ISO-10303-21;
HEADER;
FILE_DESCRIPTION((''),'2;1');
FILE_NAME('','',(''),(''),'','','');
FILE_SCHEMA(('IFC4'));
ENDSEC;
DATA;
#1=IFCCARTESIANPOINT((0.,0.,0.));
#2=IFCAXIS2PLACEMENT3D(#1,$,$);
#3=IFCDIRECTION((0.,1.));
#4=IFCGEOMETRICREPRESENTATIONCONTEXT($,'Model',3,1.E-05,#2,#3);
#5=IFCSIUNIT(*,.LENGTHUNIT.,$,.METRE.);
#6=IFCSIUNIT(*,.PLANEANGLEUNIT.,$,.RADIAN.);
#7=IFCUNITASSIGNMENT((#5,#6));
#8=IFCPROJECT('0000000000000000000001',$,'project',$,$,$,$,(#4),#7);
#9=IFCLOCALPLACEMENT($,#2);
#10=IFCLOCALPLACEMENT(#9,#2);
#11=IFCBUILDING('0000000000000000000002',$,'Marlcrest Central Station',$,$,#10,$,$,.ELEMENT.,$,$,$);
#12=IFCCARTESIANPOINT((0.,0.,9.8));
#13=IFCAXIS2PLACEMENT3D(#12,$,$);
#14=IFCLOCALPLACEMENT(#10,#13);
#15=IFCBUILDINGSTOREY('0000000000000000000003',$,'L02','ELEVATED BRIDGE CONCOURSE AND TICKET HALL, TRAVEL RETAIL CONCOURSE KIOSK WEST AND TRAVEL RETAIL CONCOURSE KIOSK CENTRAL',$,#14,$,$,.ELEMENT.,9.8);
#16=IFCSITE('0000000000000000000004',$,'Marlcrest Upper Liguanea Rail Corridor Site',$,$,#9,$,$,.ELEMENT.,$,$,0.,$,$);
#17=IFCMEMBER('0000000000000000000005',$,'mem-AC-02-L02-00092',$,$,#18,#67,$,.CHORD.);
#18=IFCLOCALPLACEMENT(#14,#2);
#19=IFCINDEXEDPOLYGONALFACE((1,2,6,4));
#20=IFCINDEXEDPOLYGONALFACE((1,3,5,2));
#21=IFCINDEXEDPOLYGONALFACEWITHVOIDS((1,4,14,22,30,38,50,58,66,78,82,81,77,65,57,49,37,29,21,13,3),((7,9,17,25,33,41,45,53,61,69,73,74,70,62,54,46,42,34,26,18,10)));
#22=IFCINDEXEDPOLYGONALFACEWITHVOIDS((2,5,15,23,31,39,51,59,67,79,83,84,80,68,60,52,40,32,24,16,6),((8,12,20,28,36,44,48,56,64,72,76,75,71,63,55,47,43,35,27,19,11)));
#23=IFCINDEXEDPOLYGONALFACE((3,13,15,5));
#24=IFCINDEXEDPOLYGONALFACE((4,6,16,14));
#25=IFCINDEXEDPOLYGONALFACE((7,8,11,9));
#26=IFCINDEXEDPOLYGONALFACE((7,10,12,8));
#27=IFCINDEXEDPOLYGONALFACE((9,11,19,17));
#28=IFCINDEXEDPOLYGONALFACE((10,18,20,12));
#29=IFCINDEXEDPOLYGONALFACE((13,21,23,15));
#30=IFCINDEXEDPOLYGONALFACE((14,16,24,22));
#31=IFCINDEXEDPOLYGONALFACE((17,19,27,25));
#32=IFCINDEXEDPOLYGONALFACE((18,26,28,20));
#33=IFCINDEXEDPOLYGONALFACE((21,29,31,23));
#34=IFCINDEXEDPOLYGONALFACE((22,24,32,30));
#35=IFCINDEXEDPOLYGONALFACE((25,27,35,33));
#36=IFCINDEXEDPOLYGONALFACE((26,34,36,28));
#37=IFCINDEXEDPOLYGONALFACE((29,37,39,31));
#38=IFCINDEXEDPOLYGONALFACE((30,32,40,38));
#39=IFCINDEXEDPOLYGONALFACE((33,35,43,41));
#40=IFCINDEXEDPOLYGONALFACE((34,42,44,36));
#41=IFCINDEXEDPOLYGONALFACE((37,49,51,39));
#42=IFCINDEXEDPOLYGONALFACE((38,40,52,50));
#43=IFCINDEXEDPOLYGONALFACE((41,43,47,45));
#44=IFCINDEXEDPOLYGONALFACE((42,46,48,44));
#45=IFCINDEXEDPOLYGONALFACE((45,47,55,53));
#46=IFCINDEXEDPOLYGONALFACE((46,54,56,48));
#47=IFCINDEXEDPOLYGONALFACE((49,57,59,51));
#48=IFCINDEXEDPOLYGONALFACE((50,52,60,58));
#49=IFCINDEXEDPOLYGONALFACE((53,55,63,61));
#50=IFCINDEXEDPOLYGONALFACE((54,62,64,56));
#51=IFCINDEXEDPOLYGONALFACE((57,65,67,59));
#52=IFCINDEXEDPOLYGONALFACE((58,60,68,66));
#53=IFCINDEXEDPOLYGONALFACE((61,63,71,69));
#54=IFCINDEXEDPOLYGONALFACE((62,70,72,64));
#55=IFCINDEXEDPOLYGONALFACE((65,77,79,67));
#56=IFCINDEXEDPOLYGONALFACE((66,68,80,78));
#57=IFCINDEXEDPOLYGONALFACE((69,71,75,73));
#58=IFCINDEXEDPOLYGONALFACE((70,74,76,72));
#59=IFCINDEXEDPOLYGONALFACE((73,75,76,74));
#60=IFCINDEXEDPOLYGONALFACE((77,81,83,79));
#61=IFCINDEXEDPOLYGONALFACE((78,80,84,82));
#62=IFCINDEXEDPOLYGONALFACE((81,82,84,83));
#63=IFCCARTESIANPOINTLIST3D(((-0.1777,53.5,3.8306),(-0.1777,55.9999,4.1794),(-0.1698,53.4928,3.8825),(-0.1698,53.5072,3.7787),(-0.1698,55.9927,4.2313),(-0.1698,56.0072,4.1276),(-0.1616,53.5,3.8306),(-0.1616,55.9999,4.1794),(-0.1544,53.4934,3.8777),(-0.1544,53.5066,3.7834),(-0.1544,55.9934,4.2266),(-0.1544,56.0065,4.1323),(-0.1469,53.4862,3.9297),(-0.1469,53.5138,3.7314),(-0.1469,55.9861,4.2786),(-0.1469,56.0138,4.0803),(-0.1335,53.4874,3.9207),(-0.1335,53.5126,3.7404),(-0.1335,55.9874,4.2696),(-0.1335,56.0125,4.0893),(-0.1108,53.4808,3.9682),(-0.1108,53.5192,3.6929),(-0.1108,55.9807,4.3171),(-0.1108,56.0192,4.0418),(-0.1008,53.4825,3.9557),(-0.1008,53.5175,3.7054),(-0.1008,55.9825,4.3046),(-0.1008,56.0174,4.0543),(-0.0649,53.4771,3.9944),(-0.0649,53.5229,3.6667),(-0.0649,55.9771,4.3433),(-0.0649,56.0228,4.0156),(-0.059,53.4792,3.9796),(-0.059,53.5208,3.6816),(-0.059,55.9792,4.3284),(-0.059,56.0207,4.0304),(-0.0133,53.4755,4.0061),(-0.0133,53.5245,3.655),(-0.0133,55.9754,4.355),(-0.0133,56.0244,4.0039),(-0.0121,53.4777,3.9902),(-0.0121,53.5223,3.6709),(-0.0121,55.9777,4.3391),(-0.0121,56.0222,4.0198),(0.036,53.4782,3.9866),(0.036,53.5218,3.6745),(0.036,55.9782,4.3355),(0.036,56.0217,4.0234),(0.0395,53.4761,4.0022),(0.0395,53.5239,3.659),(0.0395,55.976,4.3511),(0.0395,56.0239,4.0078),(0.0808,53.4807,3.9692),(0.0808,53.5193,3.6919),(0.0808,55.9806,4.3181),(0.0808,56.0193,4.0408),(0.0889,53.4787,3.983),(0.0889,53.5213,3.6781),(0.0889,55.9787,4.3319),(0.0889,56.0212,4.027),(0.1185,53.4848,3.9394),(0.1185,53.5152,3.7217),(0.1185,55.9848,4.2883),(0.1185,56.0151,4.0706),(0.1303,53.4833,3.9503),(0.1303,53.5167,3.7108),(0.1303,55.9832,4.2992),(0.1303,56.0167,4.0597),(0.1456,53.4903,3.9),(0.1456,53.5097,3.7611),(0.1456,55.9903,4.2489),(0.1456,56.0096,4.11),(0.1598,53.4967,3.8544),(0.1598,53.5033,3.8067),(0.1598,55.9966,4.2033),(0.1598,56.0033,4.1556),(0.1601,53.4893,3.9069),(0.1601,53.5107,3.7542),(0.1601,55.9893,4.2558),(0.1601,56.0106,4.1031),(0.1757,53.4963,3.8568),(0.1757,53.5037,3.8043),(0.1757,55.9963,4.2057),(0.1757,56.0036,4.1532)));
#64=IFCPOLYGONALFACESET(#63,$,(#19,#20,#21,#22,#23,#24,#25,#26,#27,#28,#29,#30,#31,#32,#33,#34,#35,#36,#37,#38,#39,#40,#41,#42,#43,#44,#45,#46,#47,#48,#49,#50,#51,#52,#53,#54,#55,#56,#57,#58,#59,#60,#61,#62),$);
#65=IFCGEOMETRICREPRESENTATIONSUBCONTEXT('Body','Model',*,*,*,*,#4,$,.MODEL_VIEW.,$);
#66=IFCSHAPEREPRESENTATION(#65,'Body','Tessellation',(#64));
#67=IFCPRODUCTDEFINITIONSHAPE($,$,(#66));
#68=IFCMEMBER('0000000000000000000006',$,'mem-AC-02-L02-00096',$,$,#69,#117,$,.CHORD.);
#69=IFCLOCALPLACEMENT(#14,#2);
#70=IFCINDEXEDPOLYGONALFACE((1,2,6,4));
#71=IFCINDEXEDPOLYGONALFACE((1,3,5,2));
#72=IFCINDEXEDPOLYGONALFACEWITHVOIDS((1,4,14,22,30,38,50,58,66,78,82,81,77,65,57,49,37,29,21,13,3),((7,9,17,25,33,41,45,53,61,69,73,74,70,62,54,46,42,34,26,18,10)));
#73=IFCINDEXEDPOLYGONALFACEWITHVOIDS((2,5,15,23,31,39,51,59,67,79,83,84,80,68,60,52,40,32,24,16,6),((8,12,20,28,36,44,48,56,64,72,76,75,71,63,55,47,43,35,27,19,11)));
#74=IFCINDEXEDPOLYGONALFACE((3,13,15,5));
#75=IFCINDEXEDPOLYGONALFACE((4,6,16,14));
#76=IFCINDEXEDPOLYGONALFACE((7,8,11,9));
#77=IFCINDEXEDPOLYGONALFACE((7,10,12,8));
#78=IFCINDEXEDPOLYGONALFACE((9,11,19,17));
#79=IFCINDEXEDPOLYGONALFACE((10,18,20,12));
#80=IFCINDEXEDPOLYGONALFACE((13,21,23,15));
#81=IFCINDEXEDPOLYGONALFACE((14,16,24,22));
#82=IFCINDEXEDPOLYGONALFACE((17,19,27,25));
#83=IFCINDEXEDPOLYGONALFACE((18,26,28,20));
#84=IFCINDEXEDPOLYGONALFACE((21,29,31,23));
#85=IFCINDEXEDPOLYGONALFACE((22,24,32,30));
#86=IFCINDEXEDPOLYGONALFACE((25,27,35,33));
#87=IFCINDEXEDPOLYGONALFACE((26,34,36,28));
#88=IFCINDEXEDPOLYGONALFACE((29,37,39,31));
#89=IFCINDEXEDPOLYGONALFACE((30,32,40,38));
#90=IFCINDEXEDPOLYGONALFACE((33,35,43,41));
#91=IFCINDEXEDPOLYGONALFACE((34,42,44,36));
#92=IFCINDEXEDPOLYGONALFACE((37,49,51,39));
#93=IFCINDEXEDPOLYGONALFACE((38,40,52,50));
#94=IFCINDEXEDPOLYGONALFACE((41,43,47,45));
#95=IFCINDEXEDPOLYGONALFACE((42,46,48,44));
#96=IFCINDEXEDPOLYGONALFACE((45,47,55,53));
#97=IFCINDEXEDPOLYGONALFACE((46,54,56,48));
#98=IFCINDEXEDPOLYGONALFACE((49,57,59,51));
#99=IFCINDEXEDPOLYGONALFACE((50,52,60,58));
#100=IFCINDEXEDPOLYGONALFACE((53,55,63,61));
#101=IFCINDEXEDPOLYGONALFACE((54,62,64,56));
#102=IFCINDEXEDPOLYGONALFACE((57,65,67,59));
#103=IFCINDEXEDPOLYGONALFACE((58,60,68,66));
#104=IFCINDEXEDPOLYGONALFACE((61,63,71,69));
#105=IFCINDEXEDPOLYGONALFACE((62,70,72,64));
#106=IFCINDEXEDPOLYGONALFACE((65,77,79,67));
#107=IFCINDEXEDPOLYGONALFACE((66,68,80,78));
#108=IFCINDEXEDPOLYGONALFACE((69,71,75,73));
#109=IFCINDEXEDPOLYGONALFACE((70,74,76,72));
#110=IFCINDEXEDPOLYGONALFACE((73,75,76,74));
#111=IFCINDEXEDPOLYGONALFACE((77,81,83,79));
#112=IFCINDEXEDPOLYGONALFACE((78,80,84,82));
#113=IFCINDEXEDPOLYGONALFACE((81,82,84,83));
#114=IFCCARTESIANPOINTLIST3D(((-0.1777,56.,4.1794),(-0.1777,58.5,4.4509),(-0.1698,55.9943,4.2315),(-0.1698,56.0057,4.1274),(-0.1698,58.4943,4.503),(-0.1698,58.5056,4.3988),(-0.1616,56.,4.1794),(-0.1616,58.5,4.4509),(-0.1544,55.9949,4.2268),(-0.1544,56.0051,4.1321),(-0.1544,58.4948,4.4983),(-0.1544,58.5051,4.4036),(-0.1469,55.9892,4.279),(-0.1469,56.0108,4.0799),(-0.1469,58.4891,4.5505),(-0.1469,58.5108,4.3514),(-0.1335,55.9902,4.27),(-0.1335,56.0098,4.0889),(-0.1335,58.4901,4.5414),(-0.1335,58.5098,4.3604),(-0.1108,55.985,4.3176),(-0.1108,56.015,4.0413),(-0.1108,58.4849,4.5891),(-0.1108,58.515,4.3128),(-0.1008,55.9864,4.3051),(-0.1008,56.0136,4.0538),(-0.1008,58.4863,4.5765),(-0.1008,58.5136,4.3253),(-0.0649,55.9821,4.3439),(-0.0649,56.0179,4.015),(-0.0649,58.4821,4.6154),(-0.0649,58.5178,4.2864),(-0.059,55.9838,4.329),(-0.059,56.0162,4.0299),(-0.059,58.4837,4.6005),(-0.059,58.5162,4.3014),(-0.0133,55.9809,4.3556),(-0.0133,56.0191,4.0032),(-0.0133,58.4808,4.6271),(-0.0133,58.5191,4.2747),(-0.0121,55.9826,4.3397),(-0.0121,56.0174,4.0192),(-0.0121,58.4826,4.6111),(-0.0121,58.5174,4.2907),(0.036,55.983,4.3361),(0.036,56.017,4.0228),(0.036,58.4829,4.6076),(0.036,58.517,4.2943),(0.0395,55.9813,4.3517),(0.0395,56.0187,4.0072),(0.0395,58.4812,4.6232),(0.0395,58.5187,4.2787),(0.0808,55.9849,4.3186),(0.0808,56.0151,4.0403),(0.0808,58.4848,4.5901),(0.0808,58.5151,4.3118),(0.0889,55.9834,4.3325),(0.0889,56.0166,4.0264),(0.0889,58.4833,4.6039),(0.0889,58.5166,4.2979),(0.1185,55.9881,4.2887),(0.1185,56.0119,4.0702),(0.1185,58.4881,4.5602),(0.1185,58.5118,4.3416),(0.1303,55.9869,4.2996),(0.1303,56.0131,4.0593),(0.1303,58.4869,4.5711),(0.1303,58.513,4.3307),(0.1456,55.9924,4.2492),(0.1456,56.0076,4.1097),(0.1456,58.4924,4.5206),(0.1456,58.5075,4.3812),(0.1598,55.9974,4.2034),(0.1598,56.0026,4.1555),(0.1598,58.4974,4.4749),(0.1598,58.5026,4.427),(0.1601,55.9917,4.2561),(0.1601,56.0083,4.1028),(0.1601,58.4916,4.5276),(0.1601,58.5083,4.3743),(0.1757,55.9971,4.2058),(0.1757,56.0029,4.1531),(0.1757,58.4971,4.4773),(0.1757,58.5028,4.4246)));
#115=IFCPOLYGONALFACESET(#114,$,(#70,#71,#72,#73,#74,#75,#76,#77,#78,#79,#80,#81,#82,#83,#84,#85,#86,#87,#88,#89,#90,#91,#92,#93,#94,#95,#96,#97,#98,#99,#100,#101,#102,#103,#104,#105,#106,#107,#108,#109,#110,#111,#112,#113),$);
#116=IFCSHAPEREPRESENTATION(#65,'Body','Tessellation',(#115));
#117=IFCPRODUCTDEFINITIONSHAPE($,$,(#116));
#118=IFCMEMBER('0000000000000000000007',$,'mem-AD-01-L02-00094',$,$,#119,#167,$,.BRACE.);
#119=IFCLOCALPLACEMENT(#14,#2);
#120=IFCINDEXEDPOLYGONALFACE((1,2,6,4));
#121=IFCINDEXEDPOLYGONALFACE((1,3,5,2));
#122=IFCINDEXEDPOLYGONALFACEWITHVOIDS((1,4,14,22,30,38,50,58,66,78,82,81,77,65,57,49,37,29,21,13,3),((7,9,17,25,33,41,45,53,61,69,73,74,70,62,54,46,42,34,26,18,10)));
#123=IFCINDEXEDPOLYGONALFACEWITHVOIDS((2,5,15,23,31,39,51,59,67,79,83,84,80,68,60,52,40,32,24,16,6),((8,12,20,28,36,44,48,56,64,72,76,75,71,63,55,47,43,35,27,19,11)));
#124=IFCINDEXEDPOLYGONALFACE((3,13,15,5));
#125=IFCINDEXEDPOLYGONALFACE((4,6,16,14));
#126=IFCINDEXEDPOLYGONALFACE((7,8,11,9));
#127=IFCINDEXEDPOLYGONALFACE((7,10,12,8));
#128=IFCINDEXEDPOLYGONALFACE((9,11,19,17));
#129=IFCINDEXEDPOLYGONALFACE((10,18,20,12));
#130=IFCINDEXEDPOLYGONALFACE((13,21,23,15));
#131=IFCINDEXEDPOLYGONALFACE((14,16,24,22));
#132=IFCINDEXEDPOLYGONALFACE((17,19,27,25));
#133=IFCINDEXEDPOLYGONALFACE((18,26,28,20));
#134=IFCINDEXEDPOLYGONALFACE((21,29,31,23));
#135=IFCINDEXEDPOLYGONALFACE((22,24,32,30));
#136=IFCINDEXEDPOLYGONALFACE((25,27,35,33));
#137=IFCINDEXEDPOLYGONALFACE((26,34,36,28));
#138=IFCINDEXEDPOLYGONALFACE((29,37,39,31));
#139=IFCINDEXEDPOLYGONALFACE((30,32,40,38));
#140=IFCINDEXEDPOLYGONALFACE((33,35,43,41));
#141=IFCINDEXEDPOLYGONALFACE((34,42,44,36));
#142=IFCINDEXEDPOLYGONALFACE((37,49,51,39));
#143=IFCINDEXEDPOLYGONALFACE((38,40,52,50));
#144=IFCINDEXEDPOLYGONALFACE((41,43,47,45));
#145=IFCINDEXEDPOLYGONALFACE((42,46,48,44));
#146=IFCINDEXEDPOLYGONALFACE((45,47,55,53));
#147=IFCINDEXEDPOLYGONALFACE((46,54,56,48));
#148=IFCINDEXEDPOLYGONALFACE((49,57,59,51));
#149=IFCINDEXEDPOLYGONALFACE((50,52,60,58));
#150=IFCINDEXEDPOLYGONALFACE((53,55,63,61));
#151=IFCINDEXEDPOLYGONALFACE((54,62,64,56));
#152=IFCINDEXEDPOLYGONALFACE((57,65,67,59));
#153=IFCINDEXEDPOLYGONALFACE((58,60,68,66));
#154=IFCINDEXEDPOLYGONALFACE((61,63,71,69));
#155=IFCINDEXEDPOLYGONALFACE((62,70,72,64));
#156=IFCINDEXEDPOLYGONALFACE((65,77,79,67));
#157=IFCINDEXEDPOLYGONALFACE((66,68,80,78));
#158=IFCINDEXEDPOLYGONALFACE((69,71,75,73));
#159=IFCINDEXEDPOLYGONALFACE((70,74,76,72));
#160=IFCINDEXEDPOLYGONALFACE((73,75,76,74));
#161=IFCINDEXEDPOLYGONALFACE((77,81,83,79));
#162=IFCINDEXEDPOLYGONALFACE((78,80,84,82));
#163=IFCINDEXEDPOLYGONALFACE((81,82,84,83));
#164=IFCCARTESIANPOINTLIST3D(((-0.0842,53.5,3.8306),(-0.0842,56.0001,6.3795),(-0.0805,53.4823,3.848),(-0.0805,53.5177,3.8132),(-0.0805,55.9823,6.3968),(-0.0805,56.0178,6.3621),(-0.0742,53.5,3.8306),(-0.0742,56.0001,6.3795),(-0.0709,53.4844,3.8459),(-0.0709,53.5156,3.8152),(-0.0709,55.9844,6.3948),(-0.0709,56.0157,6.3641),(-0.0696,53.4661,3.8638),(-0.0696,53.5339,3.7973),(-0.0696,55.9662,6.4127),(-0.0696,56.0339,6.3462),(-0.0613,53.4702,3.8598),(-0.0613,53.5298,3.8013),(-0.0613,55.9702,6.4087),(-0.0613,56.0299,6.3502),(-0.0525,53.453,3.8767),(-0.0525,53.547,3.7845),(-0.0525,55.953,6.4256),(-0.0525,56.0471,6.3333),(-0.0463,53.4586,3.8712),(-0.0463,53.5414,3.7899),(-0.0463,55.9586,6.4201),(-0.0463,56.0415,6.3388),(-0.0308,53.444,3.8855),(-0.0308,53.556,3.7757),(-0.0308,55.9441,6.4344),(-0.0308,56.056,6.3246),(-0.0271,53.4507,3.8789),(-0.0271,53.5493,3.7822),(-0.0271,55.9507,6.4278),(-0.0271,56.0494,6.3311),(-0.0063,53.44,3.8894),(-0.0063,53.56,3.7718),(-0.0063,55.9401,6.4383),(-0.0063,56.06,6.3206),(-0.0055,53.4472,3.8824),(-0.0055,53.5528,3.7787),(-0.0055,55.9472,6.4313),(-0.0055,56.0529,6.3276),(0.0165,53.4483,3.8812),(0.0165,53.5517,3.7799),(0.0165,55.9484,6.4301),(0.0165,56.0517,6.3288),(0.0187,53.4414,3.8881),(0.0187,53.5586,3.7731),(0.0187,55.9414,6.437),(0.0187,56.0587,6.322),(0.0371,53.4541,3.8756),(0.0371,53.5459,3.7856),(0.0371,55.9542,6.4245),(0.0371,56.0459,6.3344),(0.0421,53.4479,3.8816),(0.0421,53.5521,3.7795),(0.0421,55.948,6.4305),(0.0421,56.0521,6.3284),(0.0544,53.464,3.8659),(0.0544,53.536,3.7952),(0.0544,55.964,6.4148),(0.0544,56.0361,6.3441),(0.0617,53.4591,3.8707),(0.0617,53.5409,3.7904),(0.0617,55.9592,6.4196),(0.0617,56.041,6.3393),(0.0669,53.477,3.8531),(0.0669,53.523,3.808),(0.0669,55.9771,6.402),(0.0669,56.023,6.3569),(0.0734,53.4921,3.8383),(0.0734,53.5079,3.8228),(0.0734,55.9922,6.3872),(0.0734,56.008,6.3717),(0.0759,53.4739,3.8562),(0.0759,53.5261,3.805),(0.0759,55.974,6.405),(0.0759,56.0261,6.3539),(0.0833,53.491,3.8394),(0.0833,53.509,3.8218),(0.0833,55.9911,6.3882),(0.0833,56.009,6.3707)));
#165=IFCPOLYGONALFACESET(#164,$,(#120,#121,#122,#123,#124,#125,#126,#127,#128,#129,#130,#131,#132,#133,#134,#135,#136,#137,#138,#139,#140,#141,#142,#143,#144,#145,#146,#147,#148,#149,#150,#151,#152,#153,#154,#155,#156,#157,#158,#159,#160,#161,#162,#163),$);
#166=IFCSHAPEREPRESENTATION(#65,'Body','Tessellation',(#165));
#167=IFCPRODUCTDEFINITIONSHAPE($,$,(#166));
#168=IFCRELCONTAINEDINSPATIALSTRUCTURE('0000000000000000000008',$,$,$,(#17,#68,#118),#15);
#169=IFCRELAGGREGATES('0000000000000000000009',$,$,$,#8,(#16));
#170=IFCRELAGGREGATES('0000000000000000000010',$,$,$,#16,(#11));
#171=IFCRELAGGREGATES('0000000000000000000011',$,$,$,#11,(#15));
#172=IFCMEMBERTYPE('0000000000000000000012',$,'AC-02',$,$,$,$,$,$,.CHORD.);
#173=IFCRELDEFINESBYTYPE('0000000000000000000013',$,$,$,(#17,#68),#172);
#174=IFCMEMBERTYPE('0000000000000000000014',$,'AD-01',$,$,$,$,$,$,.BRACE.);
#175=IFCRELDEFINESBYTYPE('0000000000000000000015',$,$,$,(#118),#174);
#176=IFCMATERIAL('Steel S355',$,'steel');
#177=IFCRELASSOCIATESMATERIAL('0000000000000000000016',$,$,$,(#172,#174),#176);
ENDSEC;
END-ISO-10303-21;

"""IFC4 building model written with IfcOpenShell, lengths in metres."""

from ifc_helpers import new_model, si_unit, direction, frame, origin, origin_2d, place, context, subcontext, project, spatial, hollow_circle, extrude, material, material_profile, profile_set, type_object, element, save


model = new_model("IFC4")

# Units and contexts
model_context = context("Model", 3, precision=1e-05, world=origin(), true_north=direction((0.0, 1.0)))
body_context = subcontext(model_context, "Body", "Model", "MODEL_VIEW")
ifc_project = project(units=[si_unit("LENGTHUNIT", "METRE"), si_unit("PLANEANGLEUNIT", "RADIAN")], contexts=[model_context])

# Site, building, storey
site_placement = place(None, origin())
site = spatial("IfcSite", under=ifc_project, at=site_placement, Name="Marlcrest Upper Liguanea Rail Corridor Site", CompositionType="ELEMENT", RefElevation=0.0)
building_placement = place(site_placement, origin())
building = spatial("IfcBuilding", under=site, at=building_placement, Name="Marlcrest Central Station", CompositionType="ELEMENT")
storey_placement = place(building_placement, frame((0.0, 0.0, 9.8)))
storey = spatial("IfcBuildingStorey", under=building, at=storey_placement, Name="L02", Description="ELEVATED BRIDGE CONCOURSE AND TICKET HALL, TRAVEL RETAIL CONCOURSE KIOSK WEST AND TRAVEL RETAIL CONCOURSE KIOSK CENTRAL", CompositionType="ELEMENT", Elevation=9.8)

# Members
ifc_material = material(Name="Steel S355", Category="steel")
ifc_material_profile_1 = material_profile(ifc_material, hollow_circle(Radius=0.1777, WallThickness=0.0161, at=origin_2d()), Name="CHS 355.6x16")
ifc_profile_set_1 = profile_set([ifc_material_profile_1], Name="Steel S355")
member_type_1 = type_object("IfcMemberType", Name="AC-02", PredefinedType="CHORD", material=ifc_profile_set_1)
member_1_placement = place(storey_placement, frame((0.0, 53.5, 3.8306), z_axis=(0.0, 0.990403, 0.138211), x_axis=(-1.0, 0.0, 0.0)))
element("IfcMember", 1, at=member_1_placement, inside=storey, type_object=member_type_1, Name="mem-AC-02-L02-00092", PredefinedType="CHORD", context=body_context, shape_type="SweptSolid", body=[
    extrude(hollow_circle(Radius=0.1777, WallThickness=0.0161, at=origin_2d()), origin(), (0.0, 0.0, 1.0), 2.5242),
])
member_2_placement = place(storey_placement, frame((0.0, 56.0, 4.1794), z_axis=(0.0, 0.994155, 0.107959), x_axis=(-1.0, 0.0, 0.0)))
element("IfcMember", 2, at=member_2_placement, inside=storey, type_object=member_type_1, Name="mem-AC-02-L02-00096", PredefinedType="CHORD", context=body_context, shape_type="SweptSolid", body=[
    extrude(hollow_circle(Radius=0.1777, WallThickness=0.0161, at=origin_2d()), origin(), (0.0, 0.0, 1.0), 2.5146),
])
ifc_material_profile_2 = material_profile(ifc_material, hollow_circle(Radius=0.0842, WallThickness=0.01, at=origin_2d()), Name="CHS 168.3x10")
ifc_profile_set_2 = profile_set([ifc_material_profile_2], Name="Steel S355")
member_type_2 = type_object("IfcMemberType", Name="AD-01", PredefinedType="BRACE", material=ifc_profile_set_2)
member_3_placement = place(storey_placement, frame((0.0, 53.5, 3.8306), z_axis=(0.0, 0.700235, 0.713912), x_axis=(-1.0, 0.0, 0.0)))
element("IfcMember", 3, at=member_3_placement, inside=storey, type_object=member_type_2, Name="mem-AD-01-L02-00094", PredefinedType="BRACE", context=body_context, shape_type="SweptSolid", body=[
    extrude(hollow_circle(Radius=0.0842, WallThickness=0.01, at=origin_2d()), origin(), (0.0, 0.0, 1.0), 3.5703),
])

save(model, "model.ifc")
